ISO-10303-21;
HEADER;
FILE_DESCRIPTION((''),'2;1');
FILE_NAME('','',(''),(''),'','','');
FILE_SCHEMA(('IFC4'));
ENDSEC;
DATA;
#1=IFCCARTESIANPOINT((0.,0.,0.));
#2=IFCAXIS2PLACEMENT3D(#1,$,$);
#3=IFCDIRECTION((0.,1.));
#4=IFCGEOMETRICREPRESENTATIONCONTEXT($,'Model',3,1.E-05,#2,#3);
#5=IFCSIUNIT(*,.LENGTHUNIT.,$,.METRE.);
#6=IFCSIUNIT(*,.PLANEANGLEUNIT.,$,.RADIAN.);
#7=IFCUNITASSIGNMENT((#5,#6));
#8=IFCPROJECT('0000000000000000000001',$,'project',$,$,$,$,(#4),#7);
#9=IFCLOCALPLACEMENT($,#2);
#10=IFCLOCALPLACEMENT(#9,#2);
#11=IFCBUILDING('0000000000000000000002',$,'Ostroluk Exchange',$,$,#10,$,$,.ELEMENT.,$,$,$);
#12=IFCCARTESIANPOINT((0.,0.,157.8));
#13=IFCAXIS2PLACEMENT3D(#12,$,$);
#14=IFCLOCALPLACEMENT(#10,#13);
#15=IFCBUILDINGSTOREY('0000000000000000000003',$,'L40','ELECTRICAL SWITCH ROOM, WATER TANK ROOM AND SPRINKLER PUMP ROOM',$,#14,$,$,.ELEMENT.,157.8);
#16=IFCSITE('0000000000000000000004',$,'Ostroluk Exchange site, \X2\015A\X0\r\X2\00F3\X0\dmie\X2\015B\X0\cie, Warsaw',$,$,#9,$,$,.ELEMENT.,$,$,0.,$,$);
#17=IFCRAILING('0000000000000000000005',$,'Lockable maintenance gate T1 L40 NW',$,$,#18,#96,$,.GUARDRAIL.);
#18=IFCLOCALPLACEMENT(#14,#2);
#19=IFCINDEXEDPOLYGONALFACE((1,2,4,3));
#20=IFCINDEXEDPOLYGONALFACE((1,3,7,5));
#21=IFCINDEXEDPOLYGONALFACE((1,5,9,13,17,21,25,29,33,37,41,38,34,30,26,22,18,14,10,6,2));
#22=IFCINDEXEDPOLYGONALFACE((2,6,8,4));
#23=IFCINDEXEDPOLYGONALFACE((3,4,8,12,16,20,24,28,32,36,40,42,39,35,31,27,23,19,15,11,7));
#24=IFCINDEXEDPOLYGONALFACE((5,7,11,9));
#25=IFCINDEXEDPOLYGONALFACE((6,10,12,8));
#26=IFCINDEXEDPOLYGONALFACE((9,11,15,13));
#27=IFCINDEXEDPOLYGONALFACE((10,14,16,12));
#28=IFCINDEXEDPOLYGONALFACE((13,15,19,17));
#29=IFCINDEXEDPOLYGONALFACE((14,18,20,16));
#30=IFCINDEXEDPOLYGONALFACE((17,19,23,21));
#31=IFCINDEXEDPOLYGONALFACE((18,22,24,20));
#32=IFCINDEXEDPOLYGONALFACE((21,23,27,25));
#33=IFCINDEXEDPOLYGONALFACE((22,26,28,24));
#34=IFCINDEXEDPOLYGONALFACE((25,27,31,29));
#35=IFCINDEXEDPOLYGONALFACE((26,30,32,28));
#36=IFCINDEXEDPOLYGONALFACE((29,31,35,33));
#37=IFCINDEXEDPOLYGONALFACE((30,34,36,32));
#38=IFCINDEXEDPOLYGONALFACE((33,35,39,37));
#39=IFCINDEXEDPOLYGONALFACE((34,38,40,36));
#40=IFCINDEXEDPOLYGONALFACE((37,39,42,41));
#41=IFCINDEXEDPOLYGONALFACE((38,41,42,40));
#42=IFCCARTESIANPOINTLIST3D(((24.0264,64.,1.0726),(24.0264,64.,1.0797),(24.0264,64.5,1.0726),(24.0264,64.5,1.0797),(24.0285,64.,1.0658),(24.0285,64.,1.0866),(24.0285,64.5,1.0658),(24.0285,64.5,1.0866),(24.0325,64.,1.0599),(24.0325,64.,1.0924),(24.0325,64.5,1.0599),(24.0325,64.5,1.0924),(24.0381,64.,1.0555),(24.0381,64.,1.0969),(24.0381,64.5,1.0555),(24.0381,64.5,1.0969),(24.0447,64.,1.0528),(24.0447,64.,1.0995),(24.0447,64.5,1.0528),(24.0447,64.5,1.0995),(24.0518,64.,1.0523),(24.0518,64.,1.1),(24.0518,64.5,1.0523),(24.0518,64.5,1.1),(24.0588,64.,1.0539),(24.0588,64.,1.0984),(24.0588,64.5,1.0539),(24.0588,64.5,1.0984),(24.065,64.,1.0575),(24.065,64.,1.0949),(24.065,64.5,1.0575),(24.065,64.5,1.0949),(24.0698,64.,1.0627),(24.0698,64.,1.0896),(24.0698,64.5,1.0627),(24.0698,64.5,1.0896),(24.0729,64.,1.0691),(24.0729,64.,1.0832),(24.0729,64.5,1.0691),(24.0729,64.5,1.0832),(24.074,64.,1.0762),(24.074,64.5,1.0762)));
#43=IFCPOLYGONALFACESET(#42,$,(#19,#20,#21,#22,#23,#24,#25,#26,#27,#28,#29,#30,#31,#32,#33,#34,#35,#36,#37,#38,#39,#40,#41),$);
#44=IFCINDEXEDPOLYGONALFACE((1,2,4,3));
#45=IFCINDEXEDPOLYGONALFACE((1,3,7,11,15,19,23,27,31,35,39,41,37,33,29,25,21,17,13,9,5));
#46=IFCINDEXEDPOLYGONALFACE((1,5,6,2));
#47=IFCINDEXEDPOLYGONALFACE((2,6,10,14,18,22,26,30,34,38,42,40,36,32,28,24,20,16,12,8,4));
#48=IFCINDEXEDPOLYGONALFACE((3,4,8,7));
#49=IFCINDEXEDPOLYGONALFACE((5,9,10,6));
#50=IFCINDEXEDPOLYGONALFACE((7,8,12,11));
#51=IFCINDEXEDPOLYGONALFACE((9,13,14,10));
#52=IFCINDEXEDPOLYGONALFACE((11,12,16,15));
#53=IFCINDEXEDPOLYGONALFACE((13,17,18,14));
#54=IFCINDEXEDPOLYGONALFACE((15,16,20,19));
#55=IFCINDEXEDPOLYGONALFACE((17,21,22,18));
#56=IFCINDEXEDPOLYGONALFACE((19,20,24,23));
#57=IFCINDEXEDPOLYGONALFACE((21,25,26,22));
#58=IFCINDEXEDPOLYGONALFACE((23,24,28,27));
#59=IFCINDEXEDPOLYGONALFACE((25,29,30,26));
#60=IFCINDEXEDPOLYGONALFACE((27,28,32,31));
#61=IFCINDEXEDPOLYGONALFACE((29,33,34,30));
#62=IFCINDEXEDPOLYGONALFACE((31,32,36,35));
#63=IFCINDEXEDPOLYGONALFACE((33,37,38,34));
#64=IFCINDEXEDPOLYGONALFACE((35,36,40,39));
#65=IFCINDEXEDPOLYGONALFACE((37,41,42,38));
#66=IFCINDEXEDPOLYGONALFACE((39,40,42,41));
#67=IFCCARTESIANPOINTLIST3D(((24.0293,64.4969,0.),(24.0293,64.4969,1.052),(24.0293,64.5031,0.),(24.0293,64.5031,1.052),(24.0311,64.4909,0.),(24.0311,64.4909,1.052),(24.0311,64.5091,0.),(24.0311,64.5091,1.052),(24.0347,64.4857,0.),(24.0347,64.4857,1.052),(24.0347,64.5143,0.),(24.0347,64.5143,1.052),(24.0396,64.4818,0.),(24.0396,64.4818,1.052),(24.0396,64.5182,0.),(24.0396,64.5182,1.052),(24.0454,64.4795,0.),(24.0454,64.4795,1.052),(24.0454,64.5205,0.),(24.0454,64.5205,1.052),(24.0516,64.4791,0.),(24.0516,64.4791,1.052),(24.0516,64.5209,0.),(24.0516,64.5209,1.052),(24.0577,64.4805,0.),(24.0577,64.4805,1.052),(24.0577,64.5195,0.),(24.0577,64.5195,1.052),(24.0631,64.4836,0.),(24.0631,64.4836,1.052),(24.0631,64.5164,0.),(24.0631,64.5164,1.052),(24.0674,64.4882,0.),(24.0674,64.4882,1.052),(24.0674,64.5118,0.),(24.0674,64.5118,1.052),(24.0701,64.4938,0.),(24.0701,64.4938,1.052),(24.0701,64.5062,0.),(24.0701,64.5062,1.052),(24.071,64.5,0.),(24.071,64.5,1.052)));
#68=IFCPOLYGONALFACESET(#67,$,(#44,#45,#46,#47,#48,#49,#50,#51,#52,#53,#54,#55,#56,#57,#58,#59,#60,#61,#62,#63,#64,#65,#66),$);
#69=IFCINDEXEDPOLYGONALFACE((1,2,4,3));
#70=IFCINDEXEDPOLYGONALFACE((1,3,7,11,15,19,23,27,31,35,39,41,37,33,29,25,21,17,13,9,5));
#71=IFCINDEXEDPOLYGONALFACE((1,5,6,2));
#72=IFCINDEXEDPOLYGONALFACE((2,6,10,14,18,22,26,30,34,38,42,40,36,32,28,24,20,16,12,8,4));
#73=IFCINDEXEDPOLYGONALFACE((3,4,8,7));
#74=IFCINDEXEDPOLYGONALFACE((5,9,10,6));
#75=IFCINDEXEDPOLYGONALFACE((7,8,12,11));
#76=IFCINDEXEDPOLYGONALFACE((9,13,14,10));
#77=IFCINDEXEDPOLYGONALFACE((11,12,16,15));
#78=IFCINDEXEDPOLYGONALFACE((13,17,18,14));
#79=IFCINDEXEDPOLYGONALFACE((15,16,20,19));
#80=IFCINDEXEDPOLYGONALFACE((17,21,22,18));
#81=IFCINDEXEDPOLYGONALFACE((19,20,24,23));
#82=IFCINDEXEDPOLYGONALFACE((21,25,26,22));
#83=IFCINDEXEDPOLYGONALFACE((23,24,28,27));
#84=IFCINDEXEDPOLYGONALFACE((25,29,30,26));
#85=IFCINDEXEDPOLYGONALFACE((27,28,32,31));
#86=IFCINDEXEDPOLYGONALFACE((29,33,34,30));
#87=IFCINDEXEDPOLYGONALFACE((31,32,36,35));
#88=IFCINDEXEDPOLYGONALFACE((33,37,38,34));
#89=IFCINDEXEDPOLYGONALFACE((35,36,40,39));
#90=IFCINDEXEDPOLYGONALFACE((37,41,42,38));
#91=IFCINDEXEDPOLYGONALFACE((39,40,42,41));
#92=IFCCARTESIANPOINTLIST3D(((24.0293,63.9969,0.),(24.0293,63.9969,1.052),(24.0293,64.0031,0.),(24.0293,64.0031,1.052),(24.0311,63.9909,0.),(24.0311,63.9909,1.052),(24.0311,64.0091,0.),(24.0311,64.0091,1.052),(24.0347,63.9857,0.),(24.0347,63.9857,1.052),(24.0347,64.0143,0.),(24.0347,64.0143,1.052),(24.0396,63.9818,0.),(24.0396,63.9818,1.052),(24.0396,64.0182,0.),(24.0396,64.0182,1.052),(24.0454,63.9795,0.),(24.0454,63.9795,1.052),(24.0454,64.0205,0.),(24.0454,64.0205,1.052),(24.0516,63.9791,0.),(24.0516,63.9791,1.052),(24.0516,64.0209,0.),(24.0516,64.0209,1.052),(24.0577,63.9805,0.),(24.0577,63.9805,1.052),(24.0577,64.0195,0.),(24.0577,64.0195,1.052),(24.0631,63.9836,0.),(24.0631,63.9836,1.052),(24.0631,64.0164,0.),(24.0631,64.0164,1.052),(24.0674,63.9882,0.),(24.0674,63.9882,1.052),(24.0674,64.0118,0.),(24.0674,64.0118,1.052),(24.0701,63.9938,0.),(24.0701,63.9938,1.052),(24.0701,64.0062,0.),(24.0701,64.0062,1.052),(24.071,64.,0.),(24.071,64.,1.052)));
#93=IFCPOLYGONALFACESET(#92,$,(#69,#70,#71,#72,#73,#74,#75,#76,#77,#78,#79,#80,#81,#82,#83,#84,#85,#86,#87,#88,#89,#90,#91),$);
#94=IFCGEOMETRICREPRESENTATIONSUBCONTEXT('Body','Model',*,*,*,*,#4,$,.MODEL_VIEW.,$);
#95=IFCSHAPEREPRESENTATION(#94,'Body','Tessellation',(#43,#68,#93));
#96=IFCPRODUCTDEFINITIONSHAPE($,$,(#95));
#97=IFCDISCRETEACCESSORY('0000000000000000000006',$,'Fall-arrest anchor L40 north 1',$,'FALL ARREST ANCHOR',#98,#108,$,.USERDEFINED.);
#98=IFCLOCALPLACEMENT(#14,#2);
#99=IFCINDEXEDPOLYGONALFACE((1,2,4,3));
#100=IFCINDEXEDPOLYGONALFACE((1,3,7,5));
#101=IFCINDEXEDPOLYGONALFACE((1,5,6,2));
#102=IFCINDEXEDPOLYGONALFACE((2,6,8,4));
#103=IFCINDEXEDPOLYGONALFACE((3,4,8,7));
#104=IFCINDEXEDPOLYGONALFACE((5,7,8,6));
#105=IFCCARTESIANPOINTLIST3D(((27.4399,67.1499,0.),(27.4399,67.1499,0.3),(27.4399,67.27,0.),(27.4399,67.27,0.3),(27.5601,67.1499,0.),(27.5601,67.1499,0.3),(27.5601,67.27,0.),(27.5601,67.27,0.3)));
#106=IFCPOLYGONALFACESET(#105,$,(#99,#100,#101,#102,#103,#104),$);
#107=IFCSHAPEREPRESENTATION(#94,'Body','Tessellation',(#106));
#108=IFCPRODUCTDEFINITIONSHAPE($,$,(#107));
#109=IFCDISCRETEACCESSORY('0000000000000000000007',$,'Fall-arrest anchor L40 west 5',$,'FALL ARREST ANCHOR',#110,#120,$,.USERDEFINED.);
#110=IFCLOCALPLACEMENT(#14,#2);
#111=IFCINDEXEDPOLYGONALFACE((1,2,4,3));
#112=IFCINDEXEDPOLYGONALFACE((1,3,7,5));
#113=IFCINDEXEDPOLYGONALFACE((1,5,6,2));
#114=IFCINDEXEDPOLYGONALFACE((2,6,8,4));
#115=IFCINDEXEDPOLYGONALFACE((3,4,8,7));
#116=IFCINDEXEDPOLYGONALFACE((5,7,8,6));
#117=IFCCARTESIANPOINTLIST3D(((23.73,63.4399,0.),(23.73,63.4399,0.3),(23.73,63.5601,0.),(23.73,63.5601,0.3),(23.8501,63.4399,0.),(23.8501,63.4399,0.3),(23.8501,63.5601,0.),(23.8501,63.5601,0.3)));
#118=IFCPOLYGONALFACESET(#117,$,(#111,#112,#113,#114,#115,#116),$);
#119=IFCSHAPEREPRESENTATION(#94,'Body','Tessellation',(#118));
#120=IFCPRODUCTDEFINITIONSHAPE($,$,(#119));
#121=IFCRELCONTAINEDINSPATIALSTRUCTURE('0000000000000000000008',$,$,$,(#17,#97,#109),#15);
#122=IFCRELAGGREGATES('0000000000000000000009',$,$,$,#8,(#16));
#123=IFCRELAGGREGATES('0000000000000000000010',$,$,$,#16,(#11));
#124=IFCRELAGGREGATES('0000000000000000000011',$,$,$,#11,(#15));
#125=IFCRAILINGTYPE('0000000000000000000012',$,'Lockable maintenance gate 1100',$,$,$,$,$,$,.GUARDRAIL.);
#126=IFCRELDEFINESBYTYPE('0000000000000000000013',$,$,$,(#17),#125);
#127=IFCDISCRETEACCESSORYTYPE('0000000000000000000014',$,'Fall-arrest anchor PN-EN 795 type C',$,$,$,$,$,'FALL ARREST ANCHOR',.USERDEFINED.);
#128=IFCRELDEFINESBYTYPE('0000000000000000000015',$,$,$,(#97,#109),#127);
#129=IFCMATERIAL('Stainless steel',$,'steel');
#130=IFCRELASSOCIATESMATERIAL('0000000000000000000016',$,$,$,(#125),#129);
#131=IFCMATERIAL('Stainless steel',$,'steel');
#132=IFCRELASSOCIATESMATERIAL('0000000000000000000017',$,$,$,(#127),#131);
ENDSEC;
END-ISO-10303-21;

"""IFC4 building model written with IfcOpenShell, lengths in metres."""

from ifc_helpers import new_model, si_unit, direction, frame, origin, origin_2d, place, context, subcontext, project, spatial, rectangle, circle, extrude, material, type_object, element, save


model = new_model("IFC4")

# Units and contexts
model_context = context("Model", 3, precision=1e-05, world=origin(), true_north=direction((0.0, 1.0)))
body_context = subcontext(model_context, "Body", "Model", "MODEL_VIEW")
ifc_project = project(units=[si_unit("LENGTHUNIT", "METRE"), si_unit("PLANEANGLEUNIT", "RADIAN")], contexts=[model_context])

# Site, building, storey
site_placement = place(None, origin())
site = spatial("IfcSite", under=ifc_project, at=site_placement, Name="Ostroluk Exchange site, Śródmieście, Warsaw", CompositionType="ELEMENT", RefElevation=0.0)
building_placement = place(site_placement, origin())
building = spatial("IfcBuilding", under=site, at=building_placement, Name="Ostroluk Exchange", CompositionType="ELEMENT")
storey_placement = place(building_placement, frame((0.0, 0.0, 157.8)))
storey = spatial("IfcBuildingStorey", under=building, at=storey_placement, Name="L40", Description="ELECTRICAL SWITCH ROOM, WATER TANK ROOM AND SPRINKLER PUMP ROOM", CompositionType="ELEMENT", Elevation=157.8)

# Railing
ifc_material_1 = material(Name="Stainless steel", Category="steel")
railing_type_1 = type_object("IfcRailingType", Name="Lockable maintenance gate 1100", PredefinedType="GUARDRAIL", material=ifc_material_1)
railing_1_placement = place(storey_placement, frame((24.05, 64.5, 0.0)))
element("IfcRailing", 1, at=railing_1_placement, inside=storey, type_object=railing_type_1, Name="Lockable maintenance gate T1 L40 NW", PredefinedType="GUARDRAIL", context=body_context, shape_type="SweptSolid", body=[
    extrude(circle(Radius=0.0239, at=origin_2d()), frame((0.0, 0.0, 1.0762), z_axis=(0.0, -1.0, 0.0), x_axis=(1.0, 0.0, 0.0)), (0.0, 0.0, 1.0), 0.5),
    extrude(circle(Radius=0.021, at=origin_2d()), origin(), (0.0, 0.0, 1.0), 1.052),
    extrude(circle(Radius=0.021, at=origin_2d()), frame((0.0, -0.5, 0.0)), (0.0, 0.0, 1.0), 1.052),
])

# Discrete accessories
ifc_material_2 = material(Name="Stainless steel", Category="steel")
discrete_accessory_type = type_object("IfcDiscreteAccessoryType", Name="Fall-arrest anchor PN-EN 795 type C", ElementType="FALL ARREST ANCHOR", PredefinedType="USERDEFINED", material=ifc_material_2)
for number, where, z_axis, x_axis, name in (
    (2, (27.5, 67.21, 0.0), (0.0, 0.0, 1.0), (1.0, 0.0, 0.0), "Fall-arrest anchor L40 north 1"),
    (3, (23.79, 63.5, 0.0), (0.0, 0.0, 1.0), (1.0, 0.0, 0.0), "Fall-arrest anchor L40 west 5"),
):
    element("IfcDiscreteAccessory", number, at=place(storey_placement, frame(where, z_axis=z_axis, x_axis=x_axis)), inside=storey, type_object=discrete_accessory_type, Name=name, ObjectType="FALL ARREST ANCHOR", PredefinedType="USERDEFINED", context=body_context, shape_type="SweptSolid", body=[
        extrude(rectangle(XDim=0.1201, YDim=0.1201, at=origin_2d()), origin(), (0.0, 0.0, 1.0), 0.3),
    ])

save(model, "model.ifc")
